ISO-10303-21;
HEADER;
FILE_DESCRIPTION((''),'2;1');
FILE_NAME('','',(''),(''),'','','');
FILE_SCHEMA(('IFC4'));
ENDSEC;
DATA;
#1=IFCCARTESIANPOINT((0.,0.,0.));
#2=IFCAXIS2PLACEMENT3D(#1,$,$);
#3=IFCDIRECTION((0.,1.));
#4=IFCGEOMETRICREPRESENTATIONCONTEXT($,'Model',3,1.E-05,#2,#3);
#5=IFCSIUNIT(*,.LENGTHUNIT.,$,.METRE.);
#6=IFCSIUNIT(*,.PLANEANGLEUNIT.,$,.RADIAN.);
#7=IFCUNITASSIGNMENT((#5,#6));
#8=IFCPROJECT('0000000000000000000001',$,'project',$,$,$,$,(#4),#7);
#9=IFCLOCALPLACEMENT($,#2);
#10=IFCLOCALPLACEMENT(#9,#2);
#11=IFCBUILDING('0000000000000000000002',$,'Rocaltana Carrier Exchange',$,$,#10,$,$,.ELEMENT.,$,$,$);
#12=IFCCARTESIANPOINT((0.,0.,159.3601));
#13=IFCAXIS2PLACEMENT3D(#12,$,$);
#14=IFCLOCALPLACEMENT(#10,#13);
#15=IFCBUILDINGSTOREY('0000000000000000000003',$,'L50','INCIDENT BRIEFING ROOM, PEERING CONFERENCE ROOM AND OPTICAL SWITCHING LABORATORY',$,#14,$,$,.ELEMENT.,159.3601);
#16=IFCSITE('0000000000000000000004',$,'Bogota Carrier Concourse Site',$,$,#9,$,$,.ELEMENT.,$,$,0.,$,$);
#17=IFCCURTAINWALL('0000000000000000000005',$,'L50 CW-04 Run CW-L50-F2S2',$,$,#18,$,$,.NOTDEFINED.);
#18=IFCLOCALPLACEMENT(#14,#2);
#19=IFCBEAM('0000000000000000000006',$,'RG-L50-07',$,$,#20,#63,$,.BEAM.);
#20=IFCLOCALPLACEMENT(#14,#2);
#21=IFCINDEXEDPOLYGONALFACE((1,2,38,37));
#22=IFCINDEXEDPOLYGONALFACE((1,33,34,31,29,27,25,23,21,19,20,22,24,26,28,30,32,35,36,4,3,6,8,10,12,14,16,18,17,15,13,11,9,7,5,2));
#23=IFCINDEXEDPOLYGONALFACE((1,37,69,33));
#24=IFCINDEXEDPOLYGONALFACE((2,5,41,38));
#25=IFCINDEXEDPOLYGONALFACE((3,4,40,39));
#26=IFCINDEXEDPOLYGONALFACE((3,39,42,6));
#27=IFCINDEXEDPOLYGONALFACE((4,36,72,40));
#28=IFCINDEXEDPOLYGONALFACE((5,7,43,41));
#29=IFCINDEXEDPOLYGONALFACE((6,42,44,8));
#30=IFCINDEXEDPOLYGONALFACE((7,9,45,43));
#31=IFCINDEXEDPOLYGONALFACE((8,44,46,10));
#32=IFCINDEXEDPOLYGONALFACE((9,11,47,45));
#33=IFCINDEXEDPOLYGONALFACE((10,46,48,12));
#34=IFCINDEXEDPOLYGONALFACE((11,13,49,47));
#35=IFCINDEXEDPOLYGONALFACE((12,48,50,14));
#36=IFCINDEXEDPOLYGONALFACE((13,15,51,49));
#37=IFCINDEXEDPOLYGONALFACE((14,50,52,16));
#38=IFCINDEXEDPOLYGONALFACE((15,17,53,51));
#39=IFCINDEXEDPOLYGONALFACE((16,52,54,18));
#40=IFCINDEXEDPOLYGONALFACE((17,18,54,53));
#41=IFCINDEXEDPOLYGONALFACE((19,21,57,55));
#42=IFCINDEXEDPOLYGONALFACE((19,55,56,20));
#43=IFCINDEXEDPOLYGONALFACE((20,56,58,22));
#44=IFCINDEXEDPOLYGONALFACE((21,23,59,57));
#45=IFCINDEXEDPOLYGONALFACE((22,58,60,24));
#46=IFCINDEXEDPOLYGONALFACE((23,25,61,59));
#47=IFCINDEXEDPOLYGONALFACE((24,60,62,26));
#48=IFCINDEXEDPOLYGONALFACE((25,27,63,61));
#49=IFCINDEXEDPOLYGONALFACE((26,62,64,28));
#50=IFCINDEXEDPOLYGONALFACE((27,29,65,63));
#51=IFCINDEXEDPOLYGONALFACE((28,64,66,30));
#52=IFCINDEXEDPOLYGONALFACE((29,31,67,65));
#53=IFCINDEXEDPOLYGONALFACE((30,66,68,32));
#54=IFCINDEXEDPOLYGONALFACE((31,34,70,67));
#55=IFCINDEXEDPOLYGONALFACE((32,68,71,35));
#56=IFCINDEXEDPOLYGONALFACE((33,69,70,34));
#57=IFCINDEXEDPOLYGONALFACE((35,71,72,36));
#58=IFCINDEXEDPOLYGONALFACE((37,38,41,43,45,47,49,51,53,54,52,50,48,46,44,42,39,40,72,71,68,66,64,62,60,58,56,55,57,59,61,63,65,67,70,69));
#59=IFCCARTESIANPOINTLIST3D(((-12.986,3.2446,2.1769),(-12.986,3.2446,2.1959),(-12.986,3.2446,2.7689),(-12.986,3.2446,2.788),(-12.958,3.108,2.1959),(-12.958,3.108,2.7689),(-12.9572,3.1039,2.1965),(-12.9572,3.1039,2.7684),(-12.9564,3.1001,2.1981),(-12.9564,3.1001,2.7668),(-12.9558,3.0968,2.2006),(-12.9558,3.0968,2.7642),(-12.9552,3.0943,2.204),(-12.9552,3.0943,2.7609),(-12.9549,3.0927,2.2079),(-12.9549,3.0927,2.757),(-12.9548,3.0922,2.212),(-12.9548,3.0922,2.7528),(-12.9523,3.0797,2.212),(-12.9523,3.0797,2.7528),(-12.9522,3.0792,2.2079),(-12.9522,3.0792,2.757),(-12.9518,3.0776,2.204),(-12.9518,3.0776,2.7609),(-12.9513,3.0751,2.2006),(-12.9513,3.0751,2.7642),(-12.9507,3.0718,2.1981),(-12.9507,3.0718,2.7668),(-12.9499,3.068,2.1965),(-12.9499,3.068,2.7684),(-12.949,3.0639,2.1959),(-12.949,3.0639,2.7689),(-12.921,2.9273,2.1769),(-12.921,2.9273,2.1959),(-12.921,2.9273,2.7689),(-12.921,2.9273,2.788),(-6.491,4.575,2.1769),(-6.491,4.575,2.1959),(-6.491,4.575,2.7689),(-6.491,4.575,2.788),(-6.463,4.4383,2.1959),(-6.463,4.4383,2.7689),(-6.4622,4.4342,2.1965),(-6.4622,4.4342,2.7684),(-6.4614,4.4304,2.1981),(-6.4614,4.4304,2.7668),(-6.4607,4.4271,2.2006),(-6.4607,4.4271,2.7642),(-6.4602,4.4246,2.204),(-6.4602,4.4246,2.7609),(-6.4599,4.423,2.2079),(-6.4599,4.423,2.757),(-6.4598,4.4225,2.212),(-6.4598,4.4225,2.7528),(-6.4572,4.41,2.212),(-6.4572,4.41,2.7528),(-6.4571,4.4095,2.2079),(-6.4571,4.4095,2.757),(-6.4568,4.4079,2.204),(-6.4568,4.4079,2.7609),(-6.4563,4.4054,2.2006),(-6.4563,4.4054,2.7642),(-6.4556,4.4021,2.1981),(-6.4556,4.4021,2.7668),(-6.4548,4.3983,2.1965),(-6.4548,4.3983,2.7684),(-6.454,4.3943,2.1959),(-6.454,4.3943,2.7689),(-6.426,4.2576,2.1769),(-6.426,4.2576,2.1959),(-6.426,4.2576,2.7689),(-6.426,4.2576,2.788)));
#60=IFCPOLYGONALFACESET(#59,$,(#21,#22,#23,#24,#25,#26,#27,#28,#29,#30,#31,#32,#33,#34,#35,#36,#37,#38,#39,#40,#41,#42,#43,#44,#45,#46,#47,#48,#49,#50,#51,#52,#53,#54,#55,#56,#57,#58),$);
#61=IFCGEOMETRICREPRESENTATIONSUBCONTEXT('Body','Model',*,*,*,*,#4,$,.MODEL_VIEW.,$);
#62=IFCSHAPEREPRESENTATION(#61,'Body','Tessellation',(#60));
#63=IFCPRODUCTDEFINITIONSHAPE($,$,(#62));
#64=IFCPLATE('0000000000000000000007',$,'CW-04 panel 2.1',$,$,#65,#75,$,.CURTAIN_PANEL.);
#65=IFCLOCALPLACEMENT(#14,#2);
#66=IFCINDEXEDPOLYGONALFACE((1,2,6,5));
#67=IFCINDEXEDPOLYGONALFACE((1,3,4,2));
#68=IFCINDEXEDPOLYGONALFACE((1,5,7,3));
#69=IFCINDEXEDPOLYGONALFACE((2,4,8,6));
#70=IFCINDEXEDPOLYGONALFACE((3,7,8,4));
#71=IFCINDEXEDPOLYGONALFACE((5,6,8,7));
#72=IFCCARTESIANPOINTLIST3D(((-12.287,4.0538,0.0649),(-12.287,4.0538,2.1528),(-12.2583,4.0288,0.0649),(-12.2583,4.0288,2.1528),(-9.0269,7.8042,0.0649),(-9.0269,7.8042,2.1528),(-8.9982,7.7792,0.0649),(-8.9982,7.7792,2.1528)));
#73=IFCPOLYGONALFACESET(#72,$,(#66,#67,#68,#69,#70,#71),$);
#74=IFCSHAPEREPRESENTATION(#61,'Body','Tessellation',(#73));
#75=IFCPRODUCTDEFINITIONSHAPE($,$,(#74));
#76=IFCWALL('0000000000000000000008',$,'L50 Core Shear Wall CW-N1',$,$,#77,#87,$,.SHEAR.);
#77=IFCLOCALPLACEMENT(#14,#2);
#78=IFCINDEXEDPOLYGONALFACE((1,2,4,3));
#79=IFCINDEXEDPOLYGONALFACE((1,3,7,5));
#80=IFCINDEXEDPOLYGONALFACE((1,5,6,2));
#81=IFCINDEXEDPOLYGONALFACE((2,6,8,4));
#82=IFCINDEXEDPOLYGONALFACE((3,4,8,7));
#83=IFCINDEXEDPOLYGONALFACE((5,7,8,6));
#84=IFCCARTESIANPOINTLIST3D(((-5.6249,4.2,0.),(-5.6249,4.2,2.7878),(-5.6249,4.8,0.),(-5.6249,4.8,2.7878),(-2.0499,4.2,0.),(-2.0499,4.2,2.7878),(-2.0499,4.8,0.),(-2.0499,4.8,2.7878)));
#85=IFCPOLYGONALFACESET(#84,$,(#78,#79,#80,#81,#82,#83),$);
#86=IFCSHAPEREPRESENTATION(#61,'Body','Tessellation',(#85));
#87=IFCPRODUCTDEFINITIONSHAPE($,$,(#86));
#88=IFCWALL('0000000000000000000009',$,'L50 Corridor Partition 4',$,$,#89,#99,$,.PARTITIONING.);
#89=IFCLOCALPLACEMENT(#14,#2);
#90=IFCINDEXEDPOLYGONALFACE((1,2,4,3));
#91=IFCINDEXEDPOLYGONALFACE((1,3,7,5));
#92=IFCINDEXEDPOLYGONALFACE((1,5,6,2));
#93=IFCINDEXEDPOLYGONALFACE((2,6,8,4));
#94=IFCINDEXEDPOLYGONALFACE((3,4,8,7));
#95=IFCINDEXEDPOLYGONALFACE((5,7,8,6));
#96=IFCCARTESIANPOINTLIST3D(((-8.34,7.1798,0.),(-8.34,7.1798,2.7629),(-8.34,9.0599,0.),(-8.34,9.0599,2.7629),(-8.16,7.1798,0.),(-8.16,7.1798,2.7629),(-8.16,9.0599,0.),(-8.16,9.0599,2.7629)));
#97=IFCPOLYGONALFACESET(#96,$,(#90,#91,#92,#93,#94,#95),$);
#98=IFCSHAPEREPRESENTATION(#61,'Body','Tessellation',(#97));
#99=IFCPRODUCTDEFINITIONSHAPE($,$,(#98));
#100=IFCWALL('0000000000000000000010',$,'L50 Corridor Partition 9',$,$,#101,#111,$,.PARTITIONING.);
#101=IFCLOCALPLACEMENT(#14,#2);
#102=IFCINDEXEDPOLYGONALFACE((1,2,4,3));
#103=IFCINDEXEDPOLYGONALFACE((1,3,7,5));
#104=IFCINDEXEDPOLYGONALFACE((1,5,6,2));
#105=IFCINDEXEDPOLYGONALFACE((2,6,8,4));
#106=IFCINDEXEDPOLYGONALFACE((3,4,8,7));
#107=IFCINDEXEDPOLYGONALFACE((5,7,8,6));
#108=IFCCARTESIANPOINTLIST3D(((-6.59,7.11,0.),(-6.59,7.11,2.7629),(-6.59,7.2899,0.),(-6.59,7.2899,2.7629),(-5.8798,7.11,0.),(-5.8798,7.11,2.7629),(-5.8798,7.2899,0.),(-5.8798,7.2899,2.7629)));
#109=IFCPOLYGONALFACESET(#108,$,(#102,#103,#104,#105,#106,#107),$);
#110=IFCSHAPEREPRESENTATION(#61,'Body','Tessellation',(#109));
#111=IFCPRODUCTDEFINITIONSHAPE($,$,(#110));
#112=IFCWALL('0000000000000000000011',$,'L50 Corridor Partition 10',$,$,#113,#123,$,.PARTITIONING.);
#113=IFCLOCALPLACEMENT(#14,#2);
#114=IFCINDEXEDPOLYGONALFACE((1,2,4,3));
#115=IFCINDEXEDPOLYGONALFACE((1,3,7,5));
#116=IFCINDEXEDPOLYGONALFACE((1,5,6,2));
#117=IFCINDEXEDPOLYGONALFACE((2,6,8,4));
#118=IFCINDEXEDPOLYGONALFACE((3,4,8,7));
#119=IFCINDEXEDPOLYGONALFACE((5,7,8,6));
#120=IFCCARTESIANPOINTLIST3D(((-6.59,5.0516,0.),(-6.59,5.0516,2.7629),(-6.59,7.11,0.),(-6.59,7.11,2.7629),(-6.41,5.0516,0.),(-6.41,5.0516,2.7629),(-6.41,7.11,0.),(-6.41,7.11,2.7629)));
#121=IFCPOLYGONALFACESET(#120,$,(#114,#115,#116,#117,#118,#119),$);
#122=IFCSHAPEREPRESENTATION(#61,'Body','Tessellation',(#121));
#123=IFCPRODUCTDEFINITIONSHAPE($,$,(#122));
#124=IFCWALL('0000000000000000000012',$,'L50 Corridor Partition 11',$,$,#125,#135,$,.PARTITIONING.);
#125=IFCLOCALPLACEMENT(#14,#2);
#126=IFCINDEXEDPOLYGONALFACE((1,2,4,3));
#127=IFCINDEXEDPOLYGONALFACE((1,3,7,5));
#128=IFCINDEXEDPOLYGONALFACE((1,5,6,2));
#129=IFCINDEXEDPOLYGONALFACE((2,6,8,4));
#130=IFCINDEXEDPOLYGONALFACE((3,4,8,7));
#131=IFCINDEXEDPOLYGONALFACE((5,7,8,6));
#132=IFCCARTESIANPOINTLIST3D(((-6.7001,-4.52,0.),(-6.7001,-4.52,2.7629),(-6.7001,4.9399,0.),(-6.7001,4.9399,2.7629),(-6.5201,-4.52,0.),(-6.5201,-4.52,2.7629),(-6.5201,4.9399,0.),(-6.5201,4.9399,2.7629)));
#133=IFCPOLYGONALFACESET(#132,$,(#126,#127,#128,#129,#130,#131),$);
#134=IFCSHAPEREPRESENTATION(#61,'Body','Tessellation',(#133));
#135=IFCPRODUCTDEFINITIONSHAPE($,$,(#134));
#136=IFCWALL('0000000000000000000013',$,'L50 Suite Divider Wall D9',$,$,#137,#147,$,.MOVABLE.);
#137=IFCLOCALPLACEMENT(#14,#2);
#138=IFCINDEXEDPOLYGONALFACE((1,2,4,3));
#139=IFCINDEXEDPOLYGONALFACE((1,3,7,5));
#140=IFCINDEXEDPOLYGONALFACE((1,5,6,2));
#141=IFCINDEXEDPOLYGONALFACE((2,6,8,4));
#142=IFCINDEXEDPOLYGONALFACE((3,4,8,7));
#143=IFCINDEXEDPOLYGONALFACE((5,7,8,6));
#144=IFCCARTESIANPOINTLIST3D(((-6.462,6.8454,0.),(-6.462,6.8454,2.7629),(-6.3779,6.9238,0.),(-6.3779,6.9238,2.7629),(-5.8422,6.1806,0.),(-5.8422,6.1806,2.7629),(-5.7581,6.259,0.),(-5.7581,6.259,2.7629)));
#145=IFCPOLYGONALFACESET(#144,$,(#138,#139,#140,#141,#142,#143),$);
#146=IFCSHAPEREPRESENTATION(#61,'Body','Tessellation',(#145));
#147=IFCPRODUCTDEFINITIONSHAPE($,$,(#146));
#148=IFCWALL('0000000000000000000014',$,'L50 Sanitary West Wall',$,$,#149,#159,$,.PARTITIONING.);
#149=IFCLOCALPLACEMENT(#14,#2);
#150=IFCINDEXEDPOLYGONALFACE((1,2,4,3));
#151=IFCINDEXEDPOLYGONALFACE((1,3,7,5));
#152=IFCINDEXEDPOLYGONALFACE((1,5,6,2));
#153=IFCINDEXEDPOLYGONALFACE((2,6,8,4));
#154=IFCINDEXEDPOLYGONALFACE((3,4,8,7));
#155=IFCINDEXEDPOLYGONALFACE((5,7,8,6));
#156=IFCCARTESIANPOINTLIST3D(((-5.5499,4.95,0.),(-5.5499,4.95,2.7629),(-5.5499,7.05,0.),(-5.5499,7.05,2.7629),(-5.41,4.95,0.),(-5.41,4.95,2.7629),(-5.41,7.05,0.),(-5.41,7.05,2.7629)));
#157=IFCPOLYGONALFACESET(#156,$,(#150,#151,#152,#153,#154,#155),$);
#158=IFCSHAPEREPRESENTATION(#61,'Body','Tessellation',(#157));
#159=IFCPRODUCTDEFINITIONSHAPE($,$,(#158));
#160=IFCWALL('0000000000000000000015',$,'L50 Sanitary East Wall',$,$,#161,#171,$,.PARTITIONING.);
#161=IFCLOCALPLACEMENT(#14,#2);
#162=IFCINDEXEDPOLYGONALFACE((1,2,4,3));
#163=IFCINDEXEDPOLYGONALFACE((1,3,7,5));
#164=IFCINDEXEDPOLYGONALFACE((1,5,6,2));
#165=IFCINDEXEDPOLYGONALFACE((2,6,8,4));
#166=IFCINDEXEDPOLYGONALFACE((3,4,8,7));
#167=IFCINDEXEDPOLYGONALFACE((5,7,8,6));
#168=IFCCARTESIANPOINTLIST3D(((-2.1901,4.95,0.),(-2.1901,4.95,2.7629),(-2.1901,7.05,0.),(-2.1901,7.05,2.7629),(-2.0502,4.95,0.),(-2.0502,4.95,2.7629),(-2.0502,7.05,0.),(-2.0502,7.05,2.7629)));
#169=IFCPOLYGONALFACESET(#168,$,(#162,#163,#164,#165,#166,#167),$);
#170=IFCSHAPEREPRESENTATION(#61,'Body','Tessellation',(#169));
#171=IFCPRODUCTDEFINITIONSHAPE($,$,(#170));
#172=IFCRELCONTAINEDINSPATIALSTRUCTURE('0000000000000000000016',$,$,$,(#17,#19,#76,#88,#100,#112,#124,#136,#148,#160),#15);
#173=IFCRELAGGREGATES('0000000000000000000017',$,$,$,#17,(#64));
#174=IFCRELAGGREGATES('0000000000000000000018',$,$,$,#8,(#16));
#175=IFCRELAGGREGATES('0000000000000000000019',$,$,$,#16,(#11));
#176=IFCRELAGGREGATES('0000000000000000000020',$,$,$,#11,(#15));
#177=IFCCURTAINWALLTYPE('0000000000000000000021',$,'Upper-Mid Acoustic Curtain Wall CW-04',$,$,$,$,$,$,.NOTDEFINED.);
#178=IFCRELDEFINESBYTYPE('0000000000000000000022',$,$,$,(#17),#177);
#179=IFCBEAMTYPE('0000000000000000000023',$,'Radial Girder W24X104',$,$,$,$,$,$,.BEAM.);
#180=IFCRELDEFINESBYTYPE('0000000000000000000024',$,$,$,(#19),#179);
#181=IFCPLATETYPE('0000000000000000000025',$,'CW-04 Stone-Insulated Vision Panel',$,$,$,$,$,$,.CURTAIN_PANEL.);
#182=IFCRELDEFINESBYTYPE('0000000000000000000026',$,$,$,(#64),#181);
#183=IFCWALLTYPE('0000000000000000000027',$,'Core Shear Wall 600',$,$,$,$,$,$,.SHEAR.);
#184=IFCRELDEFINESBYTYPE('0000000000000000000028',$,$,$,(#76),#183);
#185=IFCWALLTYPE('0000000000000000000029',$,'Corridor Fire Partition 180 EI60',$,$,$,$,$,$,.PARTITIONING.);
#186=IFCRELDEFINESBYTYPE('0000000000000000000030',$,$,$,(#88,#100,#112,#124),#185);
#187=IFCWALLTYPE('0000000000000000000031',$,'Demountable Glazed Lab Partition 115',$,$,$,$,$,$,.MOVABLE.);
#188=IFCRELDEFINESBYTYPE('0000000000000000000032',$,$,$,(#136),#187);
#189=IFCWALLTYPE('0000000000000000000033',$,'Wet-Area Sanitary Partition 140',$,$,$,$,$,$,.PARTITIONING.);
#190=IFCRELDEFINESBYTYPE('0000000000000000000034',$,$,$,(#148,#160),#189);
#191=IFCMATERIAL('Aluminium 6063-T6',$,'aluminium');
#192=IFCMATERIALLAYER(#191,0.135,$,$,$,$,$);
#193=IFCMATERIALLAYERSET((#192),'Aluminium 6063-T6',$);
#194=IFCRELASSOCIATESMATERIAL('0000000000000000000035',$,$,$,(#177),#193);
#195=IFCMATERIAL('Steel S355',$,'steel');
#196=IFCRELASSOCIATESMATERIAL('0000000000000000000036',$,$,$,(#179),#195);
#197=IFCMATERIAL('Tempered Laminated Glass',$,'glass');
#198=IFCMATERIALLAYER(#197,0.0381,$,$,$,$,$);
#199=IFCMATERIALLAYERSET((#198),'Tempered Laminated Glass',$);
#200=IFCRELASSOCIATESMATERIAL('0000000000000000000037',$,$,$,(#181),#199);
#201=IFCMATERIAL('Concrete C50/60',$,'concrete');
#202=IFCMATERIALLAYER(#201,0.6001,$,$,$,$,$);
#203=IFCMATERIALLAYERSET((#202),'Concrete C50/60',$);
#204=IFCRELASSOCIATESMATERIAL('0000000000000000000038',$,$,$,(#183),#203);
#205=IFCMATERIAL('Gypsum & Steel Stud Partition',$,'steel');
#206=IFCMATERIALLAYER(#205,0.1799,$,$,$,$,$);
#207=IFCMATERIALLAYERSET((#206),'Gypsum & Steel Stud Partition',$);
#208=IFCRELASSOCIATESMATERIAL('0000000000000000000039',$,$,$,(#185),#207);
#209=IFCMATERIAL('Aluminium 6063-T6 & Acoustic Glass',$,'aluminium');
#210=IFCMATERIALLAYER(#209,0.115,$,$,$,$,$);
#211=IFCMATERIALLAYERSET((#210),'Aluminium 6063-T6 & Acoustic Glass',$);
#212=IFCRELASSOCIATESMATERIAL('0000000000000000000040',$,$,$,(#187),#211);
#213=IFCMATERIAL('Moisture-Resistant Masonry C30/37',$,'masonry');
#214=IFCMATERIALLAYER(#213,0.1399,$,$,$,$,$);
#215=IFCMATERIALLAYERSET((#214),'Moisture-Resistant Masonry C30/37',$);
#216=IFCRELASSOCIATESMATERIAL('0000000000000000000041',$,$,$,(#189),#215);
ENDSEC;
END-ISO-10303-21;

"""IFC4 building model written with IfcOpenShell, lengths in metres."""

from ifc_helpers import new_model, si_unit, direction, frame, frame_2d, origin, origin_2d, place, context, subcontext, project, spatial, rectangle, i_section, extrude, material, layer, layer_set, material_profile, profile_set, type_object, element, aggregate, save


model = new_model("IFC4")

# Units and contexts
model_context = context("Model", 3, precision=1e-05, world=origin(), true_north=direction((0.0, 1.0)))
body_context = subcontext(model_context, "Body", "Model", "MODEL_VIEW")
ifc_project = project(units=[si_unit("LENGTHUNIT", "METRE"), si_unit("PLANEANGLEUNIT", "RADIAN")], contexts=[model_context])

# Site, building, storey
site_placement = place(None, origin())
site = spatial("IfcSite", under=ifc_project, at=site_placement, Name="Bogota Carrier Concourse Site", CompositionType="ELEMENT", RefElevation=0.0)
building_placement = place(site_placement, origin())
building = spatial("IfcBuilding", under=site, at=building_placement, Name="Rocaltana Carrier Exchange", CompositionType="ELEMENT")
storey_placement = place(building_placement, frame((0.0, 0.0, 159.3601)))
storey = spatial("IfcBuildingStorey", under=building, at=storey_placement, Name="L50", Description="INCIDENT BRIEFING ROOM, PEERING CONFERENCE ROOM AND OPTICAL SWITCHING LABORATORY", CompositionType="ELEMENT", Elevation=159.3601)

# Curtain wall
ifc_material_1 = material(Name="Aluminium 6063-T6", Category="aluminium")
ifc_layer_1 = layer(ifc_material_1, 0.135)
ifc_layer_set_1 = layer_set([ifc_layer_1], Name="Aluminium 6063-T6")
curtain_wall_type = type_object("IfcCurtainWallType", Name="Upper-Mid Acoustic Curtain Wall CW-04", PredefinedType="NOTDEFINED", material=ifc_layer_set_1)
curtain_wall_placement = place(storey_placement, origin())
curtain_wall = element("IfcCurtainWall", 1, at=curtain_wall_placement, inside=storey, type_object=curtain_wall_type, Name="L50 CW-04 Run CW-L50-F2S2", PredefinedType="NOTDEFINED")

# Beam
ifc_material_2 = material(Name="Steel S355", Category="steel")
ifc_material_profile_1 = material_profile(ifc_material_2, i_section(OverallWidth=0.324, OverallDepth=0.6111, WebThickness=0.0127, FlangeThickness=0.019, FilletRadius=0.0161, at=origin_2d()), Name="W24X104")
ifc_profile_set_1 = profile_set([ifc_material_profile_1], Name="Steel S355")
beam_type_1 = type_object("IfcBeamType", Name="Radial Girder W24X104", PredefinedType="BEAM", material=ifc_profile_set_1)
beam_1_placement = place(storey_placement, frame((-6.4585, 4.4163, 2.4824), z_axis=(-0.979662, -0.200653, 0.0), x_axis=(0.200653, -0.979662, 0.0)))
element("IfcBeam", 2, at=beam_1_placement, inside=storey, type_object=beam_type_1, Name="RG-L50-07", PredefinedType="BEAM", context=body_context, shape_type="SweptSolid", body=[
    extrude(i_section(OverallWidth=0.324, OverallDepth=0.6111, WebThickness=0.0127, FlangeThickness=0.019, FilletRadius=0.0161, at=origin_2d()), origin(), (0.0, 0.0, 1.0), 6.6299),
])

# Plate
ifc_material_3 = material(Name="Tempered Laminated Glass", Category="glass")
ifc_layer_2 = layer(ifc_material_3, 0.0381)
ifc_layer_set_2 = layer_set([ifc_layer_2], Name="Tempered Laminated Glass")
plate_type = type_object("IfcPlateType", Name="CW-04 Stone-Insulated Vision Panel", PredefinedType="CURTAIN_PANEL", material=ifc_layer_set_2)
plate_placement = place(storey_placement, frame((-10.6426, 5.9165, 0.0649), z_axis=(0.0, 0.0, 1.0), x_axis=(-0.656057, -0.754712, 0.0)))
plate = element("IfcPlate", 3, at=plate_placement, type_object=plate_type, Name="CW-04 panel 2.1", PredefinedType="CURTAIN_PANEL", context=body_context, shape_type="SweptSolid", body=[
    extrude(rectangle(XDim=4.9692, YDim=0.0381, at=origin_2d()), origin(), (0.0, 0.0, 1.0), 2.0879),
])
aggregate(curtain_wall, [plate])

# Walls
ifc_material_4 = material(Name="Concrete C50/60", Category="concrete")
ifc_layer_3 = layer(ifc_material_4, 0.6001)
ifc_layer_set_3 = layer_set([ifc_layer_3], Name="Concrete C50/60")
wall_type_1 = type_object("IfcWallType", Name="Core Shear Wall 600", PredefinedType="SHEAR", material=ifc_layer_set_3)
wall_1_placement = place(storey_placement, frame((-5.625, 4.5, 0.0), z_axis=(0.0, 0.0, 1.0), x_axis=(1.0, 0.0, 0.0)))
element("IfcWall", 4, at=wall_1_placement, inside=storey, type_object=wall_type_1, Name="L50 Core Shear Wall CW-N1", PredefinedType="SHEAR", context=body_context, shape_type="SweptSolid", body=[
    extrude(rectangle(XDim=3.575, YDim=0.6001, at=frame_2d((1.7876, 0.0))), origin(), (0.0, 0.0, 1.0), 2.7878),
])
ifc_material_5 = material(Name="Gypsum & Steel Stud Partition", Category="steel")
ifc_layer_4 = layer(ifc_material_5, 0.1799)
ifc_layer_set_4 = layer_set([ifc_layer_4], Name="Gypsum & Steel Stud Partition")
wall_type_2 = type_object("IfcWallType", Name="Corridor Fire Partition 180 EI60", PredefinedType="PARTITIONING", material=ifc_layer_set_4)
wall_2_placement = place(storey_placement, frame((-8.25, 7.1799, 0.0), z_axis=(0.0, 0.0, 1.0), x_axis=(0.0, 1.0, 0.0)))
element("IfcWall", 5, at=wall_2_placement, inside=storey, type_object=wall_type_2, Name="L50 Corridor Partition 4", PredefinedType="PARTITIONING", context=body_context, shape_type="SweptSolid", body=[
    extrude(rectangle(XDim=1.8801, YDim=0.1799, at=frame_2d((0.9399, 0.0))), origin(), (0.0, 0.0, 1.0), 2.7629),
])
wall_3_placement = place(storey_placement, frame((-5.8799, 7.2, 0.0), z_axis=(0.0, 0.0, 1.0), x_axis=(-1.0, 0.0, 0.0)))
element("IfcWall", 6, at=wall_3_placement, inside=storey, type_object=wall_type_2, Name="L50 Corridor Partition 9", PredefinedType="PARTITIONING", context=body_context, shape_type="SweptSolid", body=[
    extrude(rectangle(XDim=0.7102, YDim=0.1799, at=frame_2d((0.355, 0.0))), origin(), (0.0, 0.0, 1.0), 2.7629),
])
wall_4_placement = place(storey_placement, frame((-6.5, 7.1101, 0.0), z_axis=(0.0, 0.0, 1.0), x_axis=(0.0, -1.0, 0.0)))
element("IfcWall", 7, at=wall_4_placement, inside=storey, type_object=wall_type_2, Name="L50 Corridor Partition 10", PredefinedType="PARTITIONING", context=body_context, shape_type="SweptSolid", body=[
    extrude(rectangle(XDim=2.0583, YDim=0.1799, at=frame_2d((1.0293, 0.0))), origin(), (0.0, 0.0, 1.0), 2.7629),
])
wall_5_placement = place(storey_placement, frame((-6.6101, 4.9399, 0.0), z_axis=(0.0, 0.0, 1.0), x_axis=(0.0, -1.0, 0.0)))
element("IfcWall", 8, at=wall_5_placement, inside=storey, type_object=wall_type_2, Name="L50 Corridor Partition 11", PredefinedType="PARTITIONING", context=body_context, shape_type="SweptSolid", body=[
    extrude(rectangle(XDim=9.46, YDim=0.1799, at=frame_2d((4.73, 0.0))), origin(), (0.0, 0.0, 1.0), 2.7629),
])
ifc_material_6 = material(Name="Aluminium 6063-T6 & Acoustic Glass", Category="aluminium")
ifc_layer_5 = layer(ifc_material_6, 0.115)
ifc_layer_set_5 = layer_set([ifc_layer_5], Name="Aluminium 6063-T6 & Acoustic Glass")
wall_type_3 = type_object("IfcWallType", Name="Demountable Glazed Lab Partition 115", PredefinedType="MOVABLE", material=ifc_layer_set_5)
wall_6_placement = place(storey_placement, frame((-5.8, 6.2197, 0.0), z_axis=(0.0, 0.0, 1.0), x_axis=(-0.681964, 0.731386, 0.0)))
element("IfcWall", 9, at=wall_6_placement, inside=storey, type_object=wall_type_3, Name="L50 Suite Divider Wall D9", PredefinedType="MOVABLE", context=body_context, shape_type="SweptSolid", body=[
    extrude(rectangle(XDim=0.9089, YDim=0.115, at=frame_2d((0.4546, 0.0))), origin(), (0.0, 0.0, 1.0), 2.7629),
])
ifc_material_7 = material(Name="Moisture-Resistant Masonry C30/37", Category="masonry")
ifc_layer_6 = layer(ifc_material_7, 0.1399)
ifc_layer_set_6 = layer_set([ifc_layer_6], Name="Moisture-Resistant Masonry C30/37")
wall_type_4 = type_object("IfcWallType", Name="Wet-Area Sanitary Partition 140", PredefinedType="PARTITIONING", material=ifc_layer_set_6)
for number, where, z_axis, x_axis, name in (
    (10, (-5.48, 4.95, 0.0), (0.0, 0.0, 1.0), (0.0, 1.0, 0.0), "L50 Sanitary West Wall"),
    (11, (-2.1201, 4.95, 0.0), (0.0, 0.0, 1.0), (0.0, 1.0, 0.0), "L50 Sanitary East Wall"),
):
    element("IfcWall", number, at=place(storey_placement, frame(where, z_axis=z_axis, x_axis=x_axis)), inside=storey, type_object=wall_type_4, Name=name, PredefinedType="PARTITIONING", context=body_context, shape_type="SweptSolid", body=[
        extrude(rectangle(XDim=2.1001, YDim=0.1399, at=frame_2d((1.05, 0.0))), origin(), (0.0, 0.0, 1.0), 2.7629),
    ])

save(model, "model.ifc")
